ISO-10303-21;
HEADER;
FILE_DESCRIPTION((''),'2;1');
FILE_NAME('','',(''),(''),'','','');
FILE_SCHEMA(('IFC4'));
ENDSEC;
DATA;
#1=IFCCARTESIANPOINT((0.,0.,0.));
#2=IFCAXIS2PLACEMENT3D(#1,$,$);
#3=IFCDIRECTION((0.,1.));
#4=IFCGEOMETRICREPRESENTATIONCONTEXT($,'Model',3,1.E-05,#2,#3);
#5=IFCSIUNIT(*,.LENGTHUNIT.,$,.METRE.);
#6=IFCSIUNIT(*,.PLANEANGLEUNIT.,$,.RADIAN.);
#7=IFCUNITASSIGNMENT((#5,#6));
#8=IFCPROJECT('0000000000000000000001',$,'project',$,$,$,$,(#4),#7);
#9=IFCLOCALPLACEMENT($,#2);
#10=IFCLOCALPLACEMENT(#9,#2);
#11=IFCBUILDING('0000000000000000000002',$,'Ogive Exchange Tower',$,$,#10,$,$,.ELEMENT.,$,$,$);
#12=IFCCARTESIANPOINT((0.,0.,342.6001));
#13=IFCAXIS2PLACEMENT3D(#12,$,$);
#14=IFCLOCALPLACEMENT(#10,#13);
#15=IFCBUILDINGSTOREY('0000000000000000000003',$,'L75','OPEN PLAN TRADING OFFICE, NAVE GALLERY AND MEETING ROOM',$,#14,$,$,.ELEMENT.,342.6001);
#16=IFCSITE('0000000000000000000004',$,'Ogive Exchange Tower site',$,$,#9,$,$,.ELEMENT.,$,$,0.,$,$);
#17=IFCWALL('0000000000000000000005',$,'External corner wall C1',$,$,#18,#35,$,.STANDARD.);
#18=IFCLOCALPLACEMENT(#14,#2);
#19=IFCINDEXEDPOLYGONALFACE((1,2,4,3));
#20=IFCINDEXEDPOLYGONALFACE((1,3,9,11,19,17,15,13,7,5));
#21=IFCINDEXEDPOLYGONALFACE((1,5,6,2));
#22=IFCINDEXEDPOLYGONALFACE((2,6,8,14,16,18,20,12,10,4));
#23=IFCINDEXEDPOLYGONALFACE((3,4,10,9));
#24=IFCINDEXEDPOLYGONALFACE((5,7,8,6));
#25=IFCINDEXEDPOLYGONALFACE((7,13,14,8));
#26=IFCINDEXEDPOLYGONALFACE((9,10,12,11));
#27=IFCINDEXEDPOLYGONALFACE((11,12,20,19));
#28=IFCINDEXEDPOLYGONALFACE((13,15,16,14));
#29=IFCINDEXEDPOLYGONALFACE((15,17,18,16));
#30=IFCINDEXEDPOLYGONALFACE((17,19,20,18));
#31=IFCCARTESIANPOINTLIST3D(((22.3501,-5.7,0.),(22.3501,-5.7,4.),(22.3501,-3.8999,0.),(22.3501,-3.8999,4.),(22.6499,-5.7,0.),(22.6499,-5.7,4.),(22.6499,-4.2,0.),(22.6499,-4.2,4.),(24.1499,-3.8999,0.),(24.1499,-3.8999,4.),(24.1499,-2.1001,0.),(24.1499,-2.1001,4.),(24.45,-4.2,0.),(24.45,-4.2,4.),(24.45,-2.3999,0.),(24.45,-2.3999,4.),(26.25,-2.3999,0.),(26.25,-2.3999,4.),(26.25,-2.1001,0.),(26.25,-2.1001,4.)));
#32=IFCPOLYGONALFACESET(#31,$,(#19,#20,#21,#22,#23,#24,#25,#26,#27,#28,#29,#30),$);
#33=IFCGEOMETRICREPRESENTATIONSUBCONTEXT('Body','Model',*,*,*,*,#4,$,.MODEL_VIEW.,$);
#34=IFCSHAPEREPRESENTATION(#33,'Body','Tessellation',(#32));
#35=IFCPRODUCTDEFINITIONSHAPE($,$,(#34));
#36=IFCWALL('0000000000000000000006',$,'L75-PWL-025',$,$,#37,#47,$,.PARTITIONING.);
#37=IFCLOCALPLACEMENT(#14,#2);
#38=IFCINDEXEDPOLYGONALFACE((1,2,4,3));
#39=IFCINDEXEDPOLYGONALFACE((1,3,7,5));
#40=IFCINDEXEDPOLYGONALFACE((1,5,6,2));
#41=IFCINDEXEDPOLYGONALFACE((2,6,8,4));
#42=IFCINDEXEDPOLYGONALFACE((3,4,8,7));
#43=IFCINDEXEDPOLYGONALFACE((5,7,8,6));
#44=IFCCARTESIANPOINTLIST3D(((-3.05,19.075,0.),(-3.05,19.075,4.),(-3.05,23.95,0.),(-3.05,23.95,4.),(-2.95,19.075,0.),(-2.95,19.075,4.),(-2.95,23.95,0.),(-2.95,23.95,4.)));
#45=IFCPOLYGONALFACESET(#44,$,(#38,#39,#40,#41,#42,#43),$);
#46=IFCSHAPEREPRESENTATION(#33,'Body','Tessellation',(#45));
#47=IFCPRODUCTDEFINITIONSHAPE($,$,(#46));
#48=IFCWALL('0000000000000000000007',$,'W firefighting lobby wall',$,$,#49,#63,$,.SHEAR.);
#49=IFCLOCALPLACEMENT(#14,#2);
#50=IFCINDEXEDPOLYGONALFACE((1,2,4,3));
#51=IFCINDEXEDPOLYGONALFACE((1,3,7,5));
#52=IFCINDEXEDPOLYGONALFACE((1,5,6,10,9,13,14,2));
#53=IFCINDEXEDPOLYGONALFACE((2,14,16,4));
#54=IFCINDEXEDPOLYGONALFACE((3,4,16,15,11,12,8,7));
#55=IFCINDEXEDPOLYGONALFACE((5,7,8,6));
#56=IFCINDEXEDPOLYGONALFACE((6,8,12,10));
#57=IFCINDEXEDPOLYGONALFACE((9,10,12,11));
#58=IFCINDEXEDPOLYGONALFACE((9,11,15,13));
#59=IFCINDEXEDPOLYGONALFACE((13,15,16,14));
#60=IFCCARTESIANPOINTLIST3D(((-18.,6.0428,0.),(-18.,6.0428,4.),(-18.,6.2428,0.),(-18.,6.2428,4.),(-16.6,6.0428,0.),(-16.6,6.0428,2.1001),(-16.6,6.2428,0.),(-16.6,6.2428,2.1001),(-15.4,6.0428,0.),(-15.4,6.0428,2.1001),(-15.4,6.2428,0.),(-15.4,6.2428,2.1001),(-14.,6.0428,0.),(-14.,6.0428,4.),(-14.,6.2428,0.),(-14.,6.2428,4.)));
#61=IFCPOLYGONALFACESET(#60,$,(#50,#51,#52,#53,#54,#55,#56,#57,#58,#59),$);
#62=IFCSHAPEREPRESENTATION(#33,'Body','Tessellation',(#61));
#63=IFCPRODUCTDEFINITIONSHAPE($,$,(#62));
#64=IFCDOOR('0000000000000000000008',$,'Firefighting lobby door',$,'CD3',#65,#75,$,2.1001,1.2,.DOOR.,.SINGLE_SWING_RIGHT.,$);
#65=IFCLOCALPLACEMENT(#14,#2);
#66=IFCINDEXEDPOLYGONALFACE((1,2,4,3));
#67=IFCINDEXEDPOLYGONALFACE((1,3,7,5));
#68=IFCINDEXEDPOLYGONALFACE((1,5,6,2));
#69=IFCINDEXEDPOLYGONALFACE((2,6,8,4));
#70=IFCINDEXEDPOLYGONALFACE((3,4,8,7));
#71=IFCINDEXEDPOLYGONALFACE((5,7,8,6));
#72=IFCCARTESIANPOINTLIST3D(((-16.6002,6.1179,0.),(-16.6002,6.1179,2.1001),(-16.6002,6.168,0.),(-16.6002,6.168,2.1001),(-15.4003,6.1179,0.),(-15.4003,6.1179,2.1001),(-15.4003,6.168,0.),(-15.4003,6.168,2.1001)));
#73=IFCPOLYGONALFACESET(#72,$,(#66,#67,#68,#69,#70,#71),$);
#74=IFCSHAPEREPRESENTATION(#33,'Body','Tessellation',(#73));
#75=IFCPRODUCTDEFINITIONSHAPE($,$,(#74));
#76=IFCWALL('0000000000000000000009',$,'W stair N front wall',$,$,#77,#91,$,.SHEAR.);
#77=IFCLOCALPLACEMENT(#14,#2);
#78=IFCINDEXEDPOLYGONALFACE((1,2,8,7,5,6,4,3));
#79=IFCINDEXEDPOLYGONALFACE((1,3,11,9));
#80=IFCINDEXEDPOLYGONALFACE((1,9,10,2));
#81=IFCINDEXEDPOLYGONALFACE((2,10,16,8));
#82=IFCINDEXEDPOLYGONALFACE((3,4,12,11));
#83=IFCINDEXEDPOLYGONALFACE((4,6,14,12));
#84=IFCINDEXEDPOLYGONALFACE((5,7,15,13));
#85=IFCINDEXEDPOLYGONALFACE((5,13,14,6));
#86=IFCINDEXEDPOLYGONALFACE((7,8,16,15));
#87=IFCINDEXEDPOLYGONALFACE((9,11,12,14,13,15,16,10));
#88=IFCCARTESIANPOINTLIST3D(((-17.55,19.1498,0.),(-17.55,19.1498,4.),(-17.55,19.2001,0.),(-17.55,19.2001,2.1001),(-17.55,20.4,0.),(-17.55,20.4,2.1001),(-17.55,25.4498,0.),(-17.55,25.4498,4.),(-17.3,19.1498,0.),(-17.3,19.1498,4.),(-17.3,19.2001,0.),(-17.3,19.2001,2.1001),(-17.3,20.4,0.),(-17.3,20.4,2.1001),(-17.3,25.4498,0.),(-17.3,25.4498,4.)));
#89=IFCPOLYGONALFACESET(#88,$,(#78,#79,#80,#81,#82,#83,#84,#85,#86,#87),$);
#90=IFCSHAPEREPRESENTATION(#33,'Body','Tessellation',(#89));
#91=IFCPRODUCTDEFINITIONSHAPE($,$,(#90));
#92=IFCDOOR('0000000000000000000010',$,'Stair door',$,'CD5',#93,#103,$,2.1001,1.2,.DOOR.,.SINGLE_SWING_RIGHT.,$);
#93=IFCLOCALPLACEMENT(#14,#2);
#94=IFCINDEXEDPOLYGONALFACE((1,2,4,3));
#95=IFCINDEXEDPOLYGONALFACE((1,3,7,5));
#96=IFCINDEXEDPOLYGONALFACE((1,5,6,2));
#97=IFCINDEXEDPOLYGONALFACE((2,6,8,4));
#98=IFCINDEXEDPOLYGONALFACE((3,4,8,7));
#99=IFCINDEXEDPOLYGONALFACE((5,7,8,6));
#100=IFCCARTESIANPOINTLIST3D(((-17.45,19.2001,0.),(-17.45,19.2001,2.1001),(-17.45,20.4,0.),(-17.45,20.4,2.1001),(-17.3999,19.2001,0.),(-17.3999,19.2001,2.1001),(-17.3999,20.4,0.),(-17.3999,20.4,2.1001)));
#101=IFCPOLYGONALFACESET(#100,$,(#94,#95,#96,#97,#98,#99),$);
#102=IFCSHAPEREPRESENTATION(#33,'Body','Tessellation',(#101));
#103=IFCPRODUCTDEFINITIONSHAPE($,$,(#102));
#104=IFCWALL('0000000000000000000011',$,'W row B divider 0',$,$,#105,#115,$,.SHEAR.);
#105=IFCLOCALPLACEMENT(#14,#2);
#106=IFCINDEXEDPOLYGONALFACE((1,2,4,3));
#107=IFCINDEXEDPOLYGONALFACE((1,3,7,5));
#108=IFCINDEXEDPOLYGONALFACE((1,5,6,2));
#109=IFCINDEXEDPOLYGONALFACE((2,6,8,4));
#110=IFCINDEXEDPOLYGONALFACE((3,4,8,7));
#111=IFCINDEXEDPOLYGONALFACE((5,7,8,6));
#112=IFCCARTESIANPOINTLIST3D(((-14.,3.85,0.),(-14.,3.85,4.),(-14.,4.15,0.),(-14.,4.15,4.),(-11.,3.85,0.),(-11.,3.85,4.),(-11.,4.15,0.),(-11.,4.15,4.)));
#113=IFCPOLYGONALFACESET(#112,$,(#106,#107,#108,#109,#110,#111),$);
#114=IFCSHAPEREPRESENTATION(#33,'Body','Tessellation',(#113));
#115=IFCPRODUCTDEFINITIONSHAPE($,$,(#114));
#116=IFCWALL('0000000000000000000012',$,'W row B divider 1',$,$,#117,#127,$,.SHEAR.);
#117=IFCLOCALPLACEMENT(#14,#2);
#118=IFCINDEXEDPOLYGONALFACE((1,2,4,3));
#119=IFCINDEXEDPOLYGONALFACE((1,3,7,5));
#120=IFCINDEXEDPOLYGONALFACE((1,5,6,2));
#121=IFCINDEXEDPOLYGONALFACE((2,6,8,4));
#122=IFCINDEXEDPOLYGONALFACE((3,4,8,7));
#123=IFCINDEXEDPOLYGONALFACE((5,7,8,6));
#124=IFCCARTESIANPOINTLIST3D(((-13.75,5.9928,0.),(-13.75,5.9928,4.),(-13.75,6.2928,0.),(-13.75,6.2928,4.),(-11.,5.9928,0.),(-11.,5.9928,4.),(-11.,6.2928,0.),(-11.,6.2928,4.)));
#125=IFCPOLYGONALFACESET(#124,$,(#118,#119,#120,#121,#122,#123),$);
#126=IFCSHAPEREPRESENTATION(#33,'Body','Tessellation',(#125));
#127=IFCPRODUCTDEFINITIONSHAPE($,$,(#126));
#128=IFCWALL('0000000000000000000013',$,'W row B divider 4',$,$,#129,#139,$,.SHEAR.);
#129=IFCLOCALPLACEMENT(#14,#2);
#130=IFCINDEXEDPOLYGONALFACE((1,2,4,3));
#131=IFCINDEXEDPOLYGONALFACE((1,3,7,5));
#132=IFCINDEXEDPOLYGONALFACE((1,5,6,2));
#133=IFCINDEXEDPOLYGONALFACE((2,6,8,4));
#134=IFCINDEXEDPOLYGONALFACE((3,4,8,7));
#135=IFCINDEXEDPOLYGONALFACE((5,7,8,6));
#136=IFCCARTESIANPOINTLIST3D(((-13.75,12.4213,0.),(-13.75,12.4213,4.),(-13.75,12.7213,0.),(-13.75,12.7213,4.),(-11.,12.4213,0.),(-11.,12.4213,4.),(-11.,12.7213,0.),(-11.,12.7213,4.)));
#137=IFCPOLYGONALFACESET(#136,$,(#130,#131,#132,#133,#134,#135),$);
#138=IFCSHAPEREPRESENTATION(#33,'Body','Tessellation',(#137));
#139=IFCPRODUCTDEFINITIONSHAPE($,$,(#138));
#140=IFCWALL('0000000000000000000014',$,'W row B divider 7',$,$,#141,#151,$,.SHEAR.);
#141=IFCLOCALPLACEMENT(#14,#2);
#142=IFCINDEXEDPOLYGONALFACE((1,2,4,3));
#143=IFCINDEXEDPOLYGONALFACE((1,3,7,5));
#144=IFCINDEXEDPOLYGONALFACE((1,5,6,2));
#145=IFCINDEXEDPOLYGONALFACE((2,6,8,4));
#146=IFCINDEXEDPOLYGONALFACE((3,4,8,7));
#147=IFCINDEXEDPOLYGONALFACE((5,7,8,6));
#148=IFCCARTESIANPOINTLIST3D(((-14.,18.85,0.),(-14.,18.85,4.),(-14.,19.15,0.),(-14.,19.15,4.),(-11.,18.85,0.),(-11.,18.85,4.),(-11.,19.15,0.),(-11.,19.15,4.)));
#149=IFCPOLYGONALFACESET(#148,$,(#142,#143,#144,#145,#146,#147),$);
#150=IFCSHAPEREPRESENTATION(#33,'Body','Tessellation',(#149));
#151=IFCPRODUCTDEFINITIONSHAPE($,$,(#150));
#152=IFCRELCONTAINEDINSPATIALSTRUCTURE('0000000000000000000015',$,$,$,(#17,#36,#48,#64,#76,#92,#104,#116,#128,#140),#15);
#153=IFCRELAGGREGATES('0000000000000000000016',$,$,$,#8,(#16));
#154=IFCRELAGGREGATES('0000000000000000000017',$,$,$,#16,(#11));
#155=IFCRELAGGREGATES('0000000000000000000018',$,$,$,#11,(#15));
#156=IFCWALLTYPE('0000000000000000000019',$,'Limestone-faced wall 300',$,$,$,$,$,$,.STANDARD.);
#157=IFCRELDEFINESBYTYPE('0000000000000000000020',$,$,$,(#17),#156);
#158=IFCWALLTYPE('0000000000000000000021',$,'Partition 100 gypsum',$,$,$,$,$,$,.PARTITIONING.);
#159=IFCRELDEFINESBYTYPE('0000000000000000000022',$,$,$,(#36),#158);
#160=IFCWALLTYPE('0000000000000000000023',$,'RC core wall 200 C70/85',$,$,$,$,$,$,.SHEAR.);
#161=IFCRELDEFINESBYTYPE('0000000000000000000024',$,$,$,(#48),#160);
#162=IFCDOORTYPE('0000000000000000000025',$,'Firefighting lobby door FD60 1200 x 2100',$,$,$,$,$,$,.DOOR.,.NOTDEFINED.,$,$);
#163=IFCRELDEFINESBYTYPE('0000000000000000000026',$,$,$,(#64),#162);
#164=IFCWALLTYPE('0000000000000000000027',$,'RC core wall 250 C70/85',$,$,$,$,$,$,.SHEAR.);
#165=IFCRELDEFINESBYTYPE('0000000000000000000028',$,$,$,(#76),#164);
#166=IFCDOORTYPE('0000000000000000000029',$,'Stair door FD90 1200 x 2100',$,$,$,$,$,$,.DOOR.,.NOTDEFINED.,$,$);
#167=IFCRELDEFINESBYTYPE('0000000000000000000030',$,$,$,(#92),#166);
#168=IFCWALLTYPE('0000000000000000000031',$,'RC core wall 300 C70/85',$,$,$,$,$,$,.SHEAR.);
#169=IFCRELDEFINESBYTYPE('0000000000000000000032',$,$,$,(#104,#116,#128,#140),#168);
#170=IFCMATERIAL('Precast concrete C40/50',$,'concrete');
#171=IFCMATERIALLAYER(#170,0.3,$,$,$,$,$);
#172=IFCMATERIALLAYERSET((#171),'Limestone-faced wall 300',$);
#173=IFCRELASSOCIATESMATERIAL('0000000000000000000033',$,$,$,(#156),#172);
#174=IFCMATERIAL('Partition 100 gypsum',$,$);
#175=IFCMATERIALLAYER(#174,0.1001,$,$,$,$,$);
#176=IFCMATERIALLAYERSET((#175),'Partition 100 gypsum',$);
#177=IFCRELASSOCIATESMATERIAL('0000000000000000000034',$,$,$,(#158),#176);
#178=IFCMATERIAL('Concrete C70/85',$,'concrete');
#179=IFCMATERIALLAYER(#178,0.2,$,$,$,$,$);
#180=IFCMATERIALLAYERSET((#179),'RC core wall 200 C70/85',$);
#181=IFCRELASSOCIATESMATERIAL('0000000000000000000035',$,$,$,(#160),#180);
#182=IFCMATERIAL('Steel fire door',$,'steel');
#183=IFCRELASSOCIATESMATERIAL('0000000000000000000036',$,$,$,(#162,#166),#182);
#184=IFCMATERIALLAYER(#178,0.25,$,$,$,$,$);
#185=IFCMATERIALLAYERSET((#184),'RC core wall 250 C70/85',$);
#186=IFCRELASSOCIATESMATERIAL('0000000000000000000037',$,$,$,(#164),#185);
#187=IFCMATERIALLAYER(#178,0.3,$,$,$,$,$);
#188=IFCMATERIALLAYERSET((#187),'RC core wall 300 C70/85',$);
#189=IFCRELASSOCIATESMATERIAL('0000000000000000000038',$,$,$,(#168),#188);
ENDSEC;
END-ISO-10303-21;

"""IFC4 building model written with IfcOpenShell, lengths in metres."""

from ifc_helpers import new_model, si_unit, direction, frame, frame_2d, origin, place, context, subcontext, project, spatial, polyline, rectangle, outline, extrude, material, layer, layer_set, type_object, element, fill, save


model = new_model("IFC4")

# Units and contexts
model_context = context("Model", 3, precision=1e-05, world=origin(), true_north=direction((0.0, 1.0)))
body_context = subcontext(model_context, "Body", "Model", "MODEL_VIEW")
ifc_project = project(units=[si_unit("LENGTHUNIT", "METRE"), si_unit("PLANEANGLEUNIT", "RADIAN")], contexts=[model_context])

# Site, building, storey
site_placement = place(None, origin())
site = spatial("IfcSite", under=ifc_project, at=site_placement, Name="Ogive Exchange Tower site", CompositionType="ELEMENT", RefElevation=0.0)
building_placement = place(site_placement, origin())
building = spatial("IfcBuilding", under=site, at=building_placement, Name="Ogive Exchange Tower", CompositionType="ELEMENT")
storey_placement = place(building_placement, frame((0.0, 0.0, 342.6001)))
storey = spatial("IfcBuildingStorey", under=building, at=storey_placement, Name="L75", Description="OPEN PLAN TRADING OFFICE, NAVE GALLERY AND MEETING ROOM", CompositionType="ELEMENT", Elevation=342.6001)

# Walls
ifc_material_1 = material(Name="Precast concrete C40/50", Category="concrete")
ifc_layer_1 = layer(ifc_material_1, 0.3)
ifc_layer_set_1 = layer_set([ifc_layer_1], Name="Limestone-faced wall 300")
wall_type_1 = type_object("IfcWallType", Name="Limestone-faced wall 300", PredefinedType="STANDARD", material=ifc_layer_set_1)
wall_1_placement = place(storey_placement, origin())
element("IfcWall", 1, at=wall_1_placement, inside=storey, type_object=wall_type_1, Name="External corner wall C1", PredefinedType="STANDARD", context=body_context, shape_type="SweptSolid", body=[
    extrude(outline(polyline([(24.1499, -3.8999), (24.1499, -2.1001), (26.25, -2.1001), (26.25, -2.3999), (24.45, -2.3999), (24.45, -4.2), (22.6499, -4.2), (22.6499, -5.7), (22.3501, -5.7), (22.3501, -3.8999), (24.1499, -3.8999)])), origin(), (0.0, 0.0, 1.0), 4.0),
])
ifc_material_2 = material(Name="Partition 100 gypsum")
ifc_layer_2 = layer(ifc_material_2, 0.1001)
ifc_layer_set_2 = layer_set([ifc_layer_2], Name="Partition 100 gypsum")
wall_type_2 = type_object("IfcWallType", Name="Partition 100 gypsum", PredefinedType="PARTITIONING", material=ifc_layer_set_2)
wall_2_placement = place(storey_placement, frame((-3.0, 19.075, 0.0), z_axis=(0.0, 0.0, 1.0), x_axis=(0.0, 1.0, 0.0)))
element("IfcWall", 2, at=wall_2_placement, inside=storey, type_object=wall_type_2, Name="L75-PWL-025", PredefinedType="PARTITIONING", context=body_context, shape_type="SweptSolid", body=[
    extrude(rectangle(XDim=4.875, YDim=0.1001, at=frame_2d((2.4375, 0.0))), origin(), (0.0, 0.0, 1.0), 4.0),
])

# Walls, openings, doors
ifc_material_3 = material(Name="Concrete C70/85", Category="concrete")
ifc_layer_3 = layer(ifc_material_3, 0.2)
ifc_layer_set_3 = layer_set([ifc_layer_3], Name="RC core wall 200 C70/85")
wall_type_3 = type_object("IfcWallType", Name="RC core wall 200 C70/85", PredefinedType="SHEAR", material=ifc_layer_set_3)
wall_3_placement = place(storey_placement, frame((-18.0, 6.1428, 0.0), z_axis=(0.0, 0.0, 1.0), x_axis=(1.0, 0.0, 0.0)))
wall_3 = element("IfcWall", 3, at=wall_3_placement, inside=storey, type_object=wall_type_3, Name="W firefighting lobby wall", PredefinedType="SHEAR", context=body_context, shape_type="SweptSolid", body=[
    extrude(rectangle(XDim=4.0, YDim=0.2, at=frame_2d((2.0, 0.0))), origin(), (0.0, 0.0, 1.0), 4.0),
])
opening_1_placement = place(wall_3_placement, frame((1.3999, 0.0, 0.0)))
opening_1 = element("IfcOpeningElement", 4, at=opening_1_placement, cuts=wall_3, PredefinedType="OPENING", context=body_context, shape_type="SweptSolid", body=[
    extrude(rectangle(XDim=1.2, YDim=2.1001, at=frame_2d((0.6001, 1.05))), frame((0.0, 0.1099, 0.0), z_axis=(0.0, -1.0, 0.0), x_axis=(1.0, 0.0, 0.0)), (0.0, 0.0, 1.0), 0.22),
])
ifc_material_4 = material(Name="Steel fire door", Category="steel")
door_type_1 = type_object("IfcDoorType", Name="Firefighting lobby door FD60 1200 x 2100", OperationType="NOTDEFINED", PredefinedType="DOOR", material=ifc_material_4)
door_1_placement = place(opening_1_placement, frame((1.2, 0.0, 0.0), z_axis=(0.0, 0.0, 1.0), x_axis=(-1.0, 0.0, 0.0)))
door_1 = element("IfcDoor", 5, at=door_1_placement, inside=storey, type_object=door_type_1, Name="Firefighting lobby door", ObjectType="CD3", OperationType="SINGLE_SWING_RIGHT", OverallHeight=2.1001, OverallWidth=1.2, PredefinedType="DOOR", context=body_context, shape_type="SweptSolid", body=[
    extrude(rectangle(XDim=1.2, YDim=2.1001, at=frame_2d((0.6001, 1.05))), frame((0.0, 0.0249, 0.0), z_axis=(0.0, -1.0, 0.0), x_axis=(1.0, 0.0, 0.0)), (0.0, 0.0, 1.0), 0.05),
])
fill(opening_1, door_1)
ifc_layer_4 = layer(ifc_material_3, 0.25)
ifc_layer_set_4 = layer_set([ifc_layer_4], Name="RC core wall 250 C70/85")
wall_type_4 = type_object("IfcWallType", Name="RC core wall 250 C70/85", PredefinedType="SHEAR", material=ifc_layer_set_4)
wall_4_placement = place(storey_placement, frame((-17.425, 19.1499, 0.0), z_axis=(0.0, 0.0, 1.0), x_axis=(0.0, 1.0, 0.0)))
wall_4 = element("IfcWall", 6, at=wall_4_placement, inside=storey, type_object=wall_type_4, Name="W stair N front wall", PredefinedType="SHEAR", context=body_context, shape_type="SweptSolid", body=[
    extrude(rectangle(XDim=6.3, YDim=0.25, at=frame_2d((3.1499, 0.0))), origin(), (0.0, 0.0, 1.0), 4.0),
])
opening_2_placement = place(wall_4_placement, frame((0.05, 0.0, 0.0)))
opening_2 = element("IfcOpeningElement", 7, at=opening_2_placement, cuts=wall_4, PredefinedType="OPENING", context=body_context, shape_type="SweptSolid", body=[
    extrude(rectangle(XDim=1.2, YDim=2.1001, at=frame_2d((0.6001, 1.05))), frame((0.0, 0.135, 0.0), z_axis=(0.0, -1.0, 0.0), x_axis=(1.0, 0.0, 0.0)), (0.0, 0.0, 1.0), 0.27),
])
door_type_2 = type_object("IfcDoorType", Name="Stair door FD90 1200 x 2100", OperationType="NOTDEFINED", PredefinedType="DOOR", material=ifc_material_4)
door_2_placement = place(opening_2_placement, origin())
door_2 = element("IfcDoor", 8, at=door_2_placement, inside=storey, type_object=door_type_2, Name="Stair door", ObjectType="CD5", OperationType="SINGLE_SWING_RIGHT", OverallHeight=2.1001, OverallWidth=1.2, PredefinedType="DOOR", context=body_context, shape_type="SweptSolid", body=[
    extrude(rectangle(XDim=1.2, YDim=2.1001, at=frame_2d((0.6001, 1.05))), frame((0.0, 0.0249, 0.0), z_axis=(0.0, -1.0, 0.0), x_axis=(1.0, 0.0, 0.0)), (0.0, 0.0, 1.0), 0.05),
])
fill(opening_2, door_2)

# Walls
ifc_layer_5 = layer(ifc_material_3, 0.3)
ifc_layer_set_5 = layer_set([ifc_layer_5], Name="RC core wall 300 C70/85")
wall_type_5 = type_object("IfcWallType", Name="RC core wall 300 C70/85", PredefinedType="SHEAR", material=ifc_layer_set_5)
wall_5_placement = place(storey_placement, frame((-14.0, 4.0, 0.0), z_axis=(0.0, 0.0, 1.0), x_axis=(1.0, 0.0, 0.0)))
element("IfcWall", 9, at=wall_5_placement, inside=storey, type_object=wall_type_5, Name="W row B divider 0", PredefinedType="SHEAR", context=body_context, shape_type="SweptSolid", body=[
    extrude(rectangle(XDim=3.0, YDim=0.3, at=frame_2d((1.5, 0.0))), origin(), (0.0, 0.0, 1.0), 4.0),
])
for number, where, z_axis, x_axis, name in (
    (10, (-13.75, 6.1428, 0.0), (0.0, 0.0, 1.0), (1.0, 0.0, 0.0), "W row B divider 1"),
    (11, (-13.75, 12.5713, 0.0), (0.0, 0.0, 1.0), (1.0, 0.0, 0.0), "W row B divider 4"),
):
    element("IfcWall", number, at=place(storey_placement, frame(where, z_axis=z_axis, x_axis=x_axis)), inside=storey, type_object=wall_type_5, Name=name, PredefinedType="SHEAR", context=body_context, shape_type="SweptSolid", body=[
        extrude(rectangle(XDim=2.75, YDim=0.3, at=frame_2d((1.375, 0.0))), origin(), (0.0, 0.0, 1.0), 4.0),
    ])
wall_6_placement = place(storey_placement, frame((-14.0, 19.0, 0.0), z_axis=(0.0, 0.0, 1.0), x_axis=(1.0, 0.0, 0.0)))
element("IfcWall", 12, at=wall_6_placement, inside=storey, type_object=wall_type_5, Name="W row B divider 7", PredefinedType="SHEAR", context=body_context, shape_type="SweptSolid", body=[
    extrude(rectangle(XDim=3.0, YDim=0.3, at=frame_2d((1.5, 0.0))), origin(), (0.0, 0.0, 1.0), 4.0),
])

save(model, "model.ifc")
